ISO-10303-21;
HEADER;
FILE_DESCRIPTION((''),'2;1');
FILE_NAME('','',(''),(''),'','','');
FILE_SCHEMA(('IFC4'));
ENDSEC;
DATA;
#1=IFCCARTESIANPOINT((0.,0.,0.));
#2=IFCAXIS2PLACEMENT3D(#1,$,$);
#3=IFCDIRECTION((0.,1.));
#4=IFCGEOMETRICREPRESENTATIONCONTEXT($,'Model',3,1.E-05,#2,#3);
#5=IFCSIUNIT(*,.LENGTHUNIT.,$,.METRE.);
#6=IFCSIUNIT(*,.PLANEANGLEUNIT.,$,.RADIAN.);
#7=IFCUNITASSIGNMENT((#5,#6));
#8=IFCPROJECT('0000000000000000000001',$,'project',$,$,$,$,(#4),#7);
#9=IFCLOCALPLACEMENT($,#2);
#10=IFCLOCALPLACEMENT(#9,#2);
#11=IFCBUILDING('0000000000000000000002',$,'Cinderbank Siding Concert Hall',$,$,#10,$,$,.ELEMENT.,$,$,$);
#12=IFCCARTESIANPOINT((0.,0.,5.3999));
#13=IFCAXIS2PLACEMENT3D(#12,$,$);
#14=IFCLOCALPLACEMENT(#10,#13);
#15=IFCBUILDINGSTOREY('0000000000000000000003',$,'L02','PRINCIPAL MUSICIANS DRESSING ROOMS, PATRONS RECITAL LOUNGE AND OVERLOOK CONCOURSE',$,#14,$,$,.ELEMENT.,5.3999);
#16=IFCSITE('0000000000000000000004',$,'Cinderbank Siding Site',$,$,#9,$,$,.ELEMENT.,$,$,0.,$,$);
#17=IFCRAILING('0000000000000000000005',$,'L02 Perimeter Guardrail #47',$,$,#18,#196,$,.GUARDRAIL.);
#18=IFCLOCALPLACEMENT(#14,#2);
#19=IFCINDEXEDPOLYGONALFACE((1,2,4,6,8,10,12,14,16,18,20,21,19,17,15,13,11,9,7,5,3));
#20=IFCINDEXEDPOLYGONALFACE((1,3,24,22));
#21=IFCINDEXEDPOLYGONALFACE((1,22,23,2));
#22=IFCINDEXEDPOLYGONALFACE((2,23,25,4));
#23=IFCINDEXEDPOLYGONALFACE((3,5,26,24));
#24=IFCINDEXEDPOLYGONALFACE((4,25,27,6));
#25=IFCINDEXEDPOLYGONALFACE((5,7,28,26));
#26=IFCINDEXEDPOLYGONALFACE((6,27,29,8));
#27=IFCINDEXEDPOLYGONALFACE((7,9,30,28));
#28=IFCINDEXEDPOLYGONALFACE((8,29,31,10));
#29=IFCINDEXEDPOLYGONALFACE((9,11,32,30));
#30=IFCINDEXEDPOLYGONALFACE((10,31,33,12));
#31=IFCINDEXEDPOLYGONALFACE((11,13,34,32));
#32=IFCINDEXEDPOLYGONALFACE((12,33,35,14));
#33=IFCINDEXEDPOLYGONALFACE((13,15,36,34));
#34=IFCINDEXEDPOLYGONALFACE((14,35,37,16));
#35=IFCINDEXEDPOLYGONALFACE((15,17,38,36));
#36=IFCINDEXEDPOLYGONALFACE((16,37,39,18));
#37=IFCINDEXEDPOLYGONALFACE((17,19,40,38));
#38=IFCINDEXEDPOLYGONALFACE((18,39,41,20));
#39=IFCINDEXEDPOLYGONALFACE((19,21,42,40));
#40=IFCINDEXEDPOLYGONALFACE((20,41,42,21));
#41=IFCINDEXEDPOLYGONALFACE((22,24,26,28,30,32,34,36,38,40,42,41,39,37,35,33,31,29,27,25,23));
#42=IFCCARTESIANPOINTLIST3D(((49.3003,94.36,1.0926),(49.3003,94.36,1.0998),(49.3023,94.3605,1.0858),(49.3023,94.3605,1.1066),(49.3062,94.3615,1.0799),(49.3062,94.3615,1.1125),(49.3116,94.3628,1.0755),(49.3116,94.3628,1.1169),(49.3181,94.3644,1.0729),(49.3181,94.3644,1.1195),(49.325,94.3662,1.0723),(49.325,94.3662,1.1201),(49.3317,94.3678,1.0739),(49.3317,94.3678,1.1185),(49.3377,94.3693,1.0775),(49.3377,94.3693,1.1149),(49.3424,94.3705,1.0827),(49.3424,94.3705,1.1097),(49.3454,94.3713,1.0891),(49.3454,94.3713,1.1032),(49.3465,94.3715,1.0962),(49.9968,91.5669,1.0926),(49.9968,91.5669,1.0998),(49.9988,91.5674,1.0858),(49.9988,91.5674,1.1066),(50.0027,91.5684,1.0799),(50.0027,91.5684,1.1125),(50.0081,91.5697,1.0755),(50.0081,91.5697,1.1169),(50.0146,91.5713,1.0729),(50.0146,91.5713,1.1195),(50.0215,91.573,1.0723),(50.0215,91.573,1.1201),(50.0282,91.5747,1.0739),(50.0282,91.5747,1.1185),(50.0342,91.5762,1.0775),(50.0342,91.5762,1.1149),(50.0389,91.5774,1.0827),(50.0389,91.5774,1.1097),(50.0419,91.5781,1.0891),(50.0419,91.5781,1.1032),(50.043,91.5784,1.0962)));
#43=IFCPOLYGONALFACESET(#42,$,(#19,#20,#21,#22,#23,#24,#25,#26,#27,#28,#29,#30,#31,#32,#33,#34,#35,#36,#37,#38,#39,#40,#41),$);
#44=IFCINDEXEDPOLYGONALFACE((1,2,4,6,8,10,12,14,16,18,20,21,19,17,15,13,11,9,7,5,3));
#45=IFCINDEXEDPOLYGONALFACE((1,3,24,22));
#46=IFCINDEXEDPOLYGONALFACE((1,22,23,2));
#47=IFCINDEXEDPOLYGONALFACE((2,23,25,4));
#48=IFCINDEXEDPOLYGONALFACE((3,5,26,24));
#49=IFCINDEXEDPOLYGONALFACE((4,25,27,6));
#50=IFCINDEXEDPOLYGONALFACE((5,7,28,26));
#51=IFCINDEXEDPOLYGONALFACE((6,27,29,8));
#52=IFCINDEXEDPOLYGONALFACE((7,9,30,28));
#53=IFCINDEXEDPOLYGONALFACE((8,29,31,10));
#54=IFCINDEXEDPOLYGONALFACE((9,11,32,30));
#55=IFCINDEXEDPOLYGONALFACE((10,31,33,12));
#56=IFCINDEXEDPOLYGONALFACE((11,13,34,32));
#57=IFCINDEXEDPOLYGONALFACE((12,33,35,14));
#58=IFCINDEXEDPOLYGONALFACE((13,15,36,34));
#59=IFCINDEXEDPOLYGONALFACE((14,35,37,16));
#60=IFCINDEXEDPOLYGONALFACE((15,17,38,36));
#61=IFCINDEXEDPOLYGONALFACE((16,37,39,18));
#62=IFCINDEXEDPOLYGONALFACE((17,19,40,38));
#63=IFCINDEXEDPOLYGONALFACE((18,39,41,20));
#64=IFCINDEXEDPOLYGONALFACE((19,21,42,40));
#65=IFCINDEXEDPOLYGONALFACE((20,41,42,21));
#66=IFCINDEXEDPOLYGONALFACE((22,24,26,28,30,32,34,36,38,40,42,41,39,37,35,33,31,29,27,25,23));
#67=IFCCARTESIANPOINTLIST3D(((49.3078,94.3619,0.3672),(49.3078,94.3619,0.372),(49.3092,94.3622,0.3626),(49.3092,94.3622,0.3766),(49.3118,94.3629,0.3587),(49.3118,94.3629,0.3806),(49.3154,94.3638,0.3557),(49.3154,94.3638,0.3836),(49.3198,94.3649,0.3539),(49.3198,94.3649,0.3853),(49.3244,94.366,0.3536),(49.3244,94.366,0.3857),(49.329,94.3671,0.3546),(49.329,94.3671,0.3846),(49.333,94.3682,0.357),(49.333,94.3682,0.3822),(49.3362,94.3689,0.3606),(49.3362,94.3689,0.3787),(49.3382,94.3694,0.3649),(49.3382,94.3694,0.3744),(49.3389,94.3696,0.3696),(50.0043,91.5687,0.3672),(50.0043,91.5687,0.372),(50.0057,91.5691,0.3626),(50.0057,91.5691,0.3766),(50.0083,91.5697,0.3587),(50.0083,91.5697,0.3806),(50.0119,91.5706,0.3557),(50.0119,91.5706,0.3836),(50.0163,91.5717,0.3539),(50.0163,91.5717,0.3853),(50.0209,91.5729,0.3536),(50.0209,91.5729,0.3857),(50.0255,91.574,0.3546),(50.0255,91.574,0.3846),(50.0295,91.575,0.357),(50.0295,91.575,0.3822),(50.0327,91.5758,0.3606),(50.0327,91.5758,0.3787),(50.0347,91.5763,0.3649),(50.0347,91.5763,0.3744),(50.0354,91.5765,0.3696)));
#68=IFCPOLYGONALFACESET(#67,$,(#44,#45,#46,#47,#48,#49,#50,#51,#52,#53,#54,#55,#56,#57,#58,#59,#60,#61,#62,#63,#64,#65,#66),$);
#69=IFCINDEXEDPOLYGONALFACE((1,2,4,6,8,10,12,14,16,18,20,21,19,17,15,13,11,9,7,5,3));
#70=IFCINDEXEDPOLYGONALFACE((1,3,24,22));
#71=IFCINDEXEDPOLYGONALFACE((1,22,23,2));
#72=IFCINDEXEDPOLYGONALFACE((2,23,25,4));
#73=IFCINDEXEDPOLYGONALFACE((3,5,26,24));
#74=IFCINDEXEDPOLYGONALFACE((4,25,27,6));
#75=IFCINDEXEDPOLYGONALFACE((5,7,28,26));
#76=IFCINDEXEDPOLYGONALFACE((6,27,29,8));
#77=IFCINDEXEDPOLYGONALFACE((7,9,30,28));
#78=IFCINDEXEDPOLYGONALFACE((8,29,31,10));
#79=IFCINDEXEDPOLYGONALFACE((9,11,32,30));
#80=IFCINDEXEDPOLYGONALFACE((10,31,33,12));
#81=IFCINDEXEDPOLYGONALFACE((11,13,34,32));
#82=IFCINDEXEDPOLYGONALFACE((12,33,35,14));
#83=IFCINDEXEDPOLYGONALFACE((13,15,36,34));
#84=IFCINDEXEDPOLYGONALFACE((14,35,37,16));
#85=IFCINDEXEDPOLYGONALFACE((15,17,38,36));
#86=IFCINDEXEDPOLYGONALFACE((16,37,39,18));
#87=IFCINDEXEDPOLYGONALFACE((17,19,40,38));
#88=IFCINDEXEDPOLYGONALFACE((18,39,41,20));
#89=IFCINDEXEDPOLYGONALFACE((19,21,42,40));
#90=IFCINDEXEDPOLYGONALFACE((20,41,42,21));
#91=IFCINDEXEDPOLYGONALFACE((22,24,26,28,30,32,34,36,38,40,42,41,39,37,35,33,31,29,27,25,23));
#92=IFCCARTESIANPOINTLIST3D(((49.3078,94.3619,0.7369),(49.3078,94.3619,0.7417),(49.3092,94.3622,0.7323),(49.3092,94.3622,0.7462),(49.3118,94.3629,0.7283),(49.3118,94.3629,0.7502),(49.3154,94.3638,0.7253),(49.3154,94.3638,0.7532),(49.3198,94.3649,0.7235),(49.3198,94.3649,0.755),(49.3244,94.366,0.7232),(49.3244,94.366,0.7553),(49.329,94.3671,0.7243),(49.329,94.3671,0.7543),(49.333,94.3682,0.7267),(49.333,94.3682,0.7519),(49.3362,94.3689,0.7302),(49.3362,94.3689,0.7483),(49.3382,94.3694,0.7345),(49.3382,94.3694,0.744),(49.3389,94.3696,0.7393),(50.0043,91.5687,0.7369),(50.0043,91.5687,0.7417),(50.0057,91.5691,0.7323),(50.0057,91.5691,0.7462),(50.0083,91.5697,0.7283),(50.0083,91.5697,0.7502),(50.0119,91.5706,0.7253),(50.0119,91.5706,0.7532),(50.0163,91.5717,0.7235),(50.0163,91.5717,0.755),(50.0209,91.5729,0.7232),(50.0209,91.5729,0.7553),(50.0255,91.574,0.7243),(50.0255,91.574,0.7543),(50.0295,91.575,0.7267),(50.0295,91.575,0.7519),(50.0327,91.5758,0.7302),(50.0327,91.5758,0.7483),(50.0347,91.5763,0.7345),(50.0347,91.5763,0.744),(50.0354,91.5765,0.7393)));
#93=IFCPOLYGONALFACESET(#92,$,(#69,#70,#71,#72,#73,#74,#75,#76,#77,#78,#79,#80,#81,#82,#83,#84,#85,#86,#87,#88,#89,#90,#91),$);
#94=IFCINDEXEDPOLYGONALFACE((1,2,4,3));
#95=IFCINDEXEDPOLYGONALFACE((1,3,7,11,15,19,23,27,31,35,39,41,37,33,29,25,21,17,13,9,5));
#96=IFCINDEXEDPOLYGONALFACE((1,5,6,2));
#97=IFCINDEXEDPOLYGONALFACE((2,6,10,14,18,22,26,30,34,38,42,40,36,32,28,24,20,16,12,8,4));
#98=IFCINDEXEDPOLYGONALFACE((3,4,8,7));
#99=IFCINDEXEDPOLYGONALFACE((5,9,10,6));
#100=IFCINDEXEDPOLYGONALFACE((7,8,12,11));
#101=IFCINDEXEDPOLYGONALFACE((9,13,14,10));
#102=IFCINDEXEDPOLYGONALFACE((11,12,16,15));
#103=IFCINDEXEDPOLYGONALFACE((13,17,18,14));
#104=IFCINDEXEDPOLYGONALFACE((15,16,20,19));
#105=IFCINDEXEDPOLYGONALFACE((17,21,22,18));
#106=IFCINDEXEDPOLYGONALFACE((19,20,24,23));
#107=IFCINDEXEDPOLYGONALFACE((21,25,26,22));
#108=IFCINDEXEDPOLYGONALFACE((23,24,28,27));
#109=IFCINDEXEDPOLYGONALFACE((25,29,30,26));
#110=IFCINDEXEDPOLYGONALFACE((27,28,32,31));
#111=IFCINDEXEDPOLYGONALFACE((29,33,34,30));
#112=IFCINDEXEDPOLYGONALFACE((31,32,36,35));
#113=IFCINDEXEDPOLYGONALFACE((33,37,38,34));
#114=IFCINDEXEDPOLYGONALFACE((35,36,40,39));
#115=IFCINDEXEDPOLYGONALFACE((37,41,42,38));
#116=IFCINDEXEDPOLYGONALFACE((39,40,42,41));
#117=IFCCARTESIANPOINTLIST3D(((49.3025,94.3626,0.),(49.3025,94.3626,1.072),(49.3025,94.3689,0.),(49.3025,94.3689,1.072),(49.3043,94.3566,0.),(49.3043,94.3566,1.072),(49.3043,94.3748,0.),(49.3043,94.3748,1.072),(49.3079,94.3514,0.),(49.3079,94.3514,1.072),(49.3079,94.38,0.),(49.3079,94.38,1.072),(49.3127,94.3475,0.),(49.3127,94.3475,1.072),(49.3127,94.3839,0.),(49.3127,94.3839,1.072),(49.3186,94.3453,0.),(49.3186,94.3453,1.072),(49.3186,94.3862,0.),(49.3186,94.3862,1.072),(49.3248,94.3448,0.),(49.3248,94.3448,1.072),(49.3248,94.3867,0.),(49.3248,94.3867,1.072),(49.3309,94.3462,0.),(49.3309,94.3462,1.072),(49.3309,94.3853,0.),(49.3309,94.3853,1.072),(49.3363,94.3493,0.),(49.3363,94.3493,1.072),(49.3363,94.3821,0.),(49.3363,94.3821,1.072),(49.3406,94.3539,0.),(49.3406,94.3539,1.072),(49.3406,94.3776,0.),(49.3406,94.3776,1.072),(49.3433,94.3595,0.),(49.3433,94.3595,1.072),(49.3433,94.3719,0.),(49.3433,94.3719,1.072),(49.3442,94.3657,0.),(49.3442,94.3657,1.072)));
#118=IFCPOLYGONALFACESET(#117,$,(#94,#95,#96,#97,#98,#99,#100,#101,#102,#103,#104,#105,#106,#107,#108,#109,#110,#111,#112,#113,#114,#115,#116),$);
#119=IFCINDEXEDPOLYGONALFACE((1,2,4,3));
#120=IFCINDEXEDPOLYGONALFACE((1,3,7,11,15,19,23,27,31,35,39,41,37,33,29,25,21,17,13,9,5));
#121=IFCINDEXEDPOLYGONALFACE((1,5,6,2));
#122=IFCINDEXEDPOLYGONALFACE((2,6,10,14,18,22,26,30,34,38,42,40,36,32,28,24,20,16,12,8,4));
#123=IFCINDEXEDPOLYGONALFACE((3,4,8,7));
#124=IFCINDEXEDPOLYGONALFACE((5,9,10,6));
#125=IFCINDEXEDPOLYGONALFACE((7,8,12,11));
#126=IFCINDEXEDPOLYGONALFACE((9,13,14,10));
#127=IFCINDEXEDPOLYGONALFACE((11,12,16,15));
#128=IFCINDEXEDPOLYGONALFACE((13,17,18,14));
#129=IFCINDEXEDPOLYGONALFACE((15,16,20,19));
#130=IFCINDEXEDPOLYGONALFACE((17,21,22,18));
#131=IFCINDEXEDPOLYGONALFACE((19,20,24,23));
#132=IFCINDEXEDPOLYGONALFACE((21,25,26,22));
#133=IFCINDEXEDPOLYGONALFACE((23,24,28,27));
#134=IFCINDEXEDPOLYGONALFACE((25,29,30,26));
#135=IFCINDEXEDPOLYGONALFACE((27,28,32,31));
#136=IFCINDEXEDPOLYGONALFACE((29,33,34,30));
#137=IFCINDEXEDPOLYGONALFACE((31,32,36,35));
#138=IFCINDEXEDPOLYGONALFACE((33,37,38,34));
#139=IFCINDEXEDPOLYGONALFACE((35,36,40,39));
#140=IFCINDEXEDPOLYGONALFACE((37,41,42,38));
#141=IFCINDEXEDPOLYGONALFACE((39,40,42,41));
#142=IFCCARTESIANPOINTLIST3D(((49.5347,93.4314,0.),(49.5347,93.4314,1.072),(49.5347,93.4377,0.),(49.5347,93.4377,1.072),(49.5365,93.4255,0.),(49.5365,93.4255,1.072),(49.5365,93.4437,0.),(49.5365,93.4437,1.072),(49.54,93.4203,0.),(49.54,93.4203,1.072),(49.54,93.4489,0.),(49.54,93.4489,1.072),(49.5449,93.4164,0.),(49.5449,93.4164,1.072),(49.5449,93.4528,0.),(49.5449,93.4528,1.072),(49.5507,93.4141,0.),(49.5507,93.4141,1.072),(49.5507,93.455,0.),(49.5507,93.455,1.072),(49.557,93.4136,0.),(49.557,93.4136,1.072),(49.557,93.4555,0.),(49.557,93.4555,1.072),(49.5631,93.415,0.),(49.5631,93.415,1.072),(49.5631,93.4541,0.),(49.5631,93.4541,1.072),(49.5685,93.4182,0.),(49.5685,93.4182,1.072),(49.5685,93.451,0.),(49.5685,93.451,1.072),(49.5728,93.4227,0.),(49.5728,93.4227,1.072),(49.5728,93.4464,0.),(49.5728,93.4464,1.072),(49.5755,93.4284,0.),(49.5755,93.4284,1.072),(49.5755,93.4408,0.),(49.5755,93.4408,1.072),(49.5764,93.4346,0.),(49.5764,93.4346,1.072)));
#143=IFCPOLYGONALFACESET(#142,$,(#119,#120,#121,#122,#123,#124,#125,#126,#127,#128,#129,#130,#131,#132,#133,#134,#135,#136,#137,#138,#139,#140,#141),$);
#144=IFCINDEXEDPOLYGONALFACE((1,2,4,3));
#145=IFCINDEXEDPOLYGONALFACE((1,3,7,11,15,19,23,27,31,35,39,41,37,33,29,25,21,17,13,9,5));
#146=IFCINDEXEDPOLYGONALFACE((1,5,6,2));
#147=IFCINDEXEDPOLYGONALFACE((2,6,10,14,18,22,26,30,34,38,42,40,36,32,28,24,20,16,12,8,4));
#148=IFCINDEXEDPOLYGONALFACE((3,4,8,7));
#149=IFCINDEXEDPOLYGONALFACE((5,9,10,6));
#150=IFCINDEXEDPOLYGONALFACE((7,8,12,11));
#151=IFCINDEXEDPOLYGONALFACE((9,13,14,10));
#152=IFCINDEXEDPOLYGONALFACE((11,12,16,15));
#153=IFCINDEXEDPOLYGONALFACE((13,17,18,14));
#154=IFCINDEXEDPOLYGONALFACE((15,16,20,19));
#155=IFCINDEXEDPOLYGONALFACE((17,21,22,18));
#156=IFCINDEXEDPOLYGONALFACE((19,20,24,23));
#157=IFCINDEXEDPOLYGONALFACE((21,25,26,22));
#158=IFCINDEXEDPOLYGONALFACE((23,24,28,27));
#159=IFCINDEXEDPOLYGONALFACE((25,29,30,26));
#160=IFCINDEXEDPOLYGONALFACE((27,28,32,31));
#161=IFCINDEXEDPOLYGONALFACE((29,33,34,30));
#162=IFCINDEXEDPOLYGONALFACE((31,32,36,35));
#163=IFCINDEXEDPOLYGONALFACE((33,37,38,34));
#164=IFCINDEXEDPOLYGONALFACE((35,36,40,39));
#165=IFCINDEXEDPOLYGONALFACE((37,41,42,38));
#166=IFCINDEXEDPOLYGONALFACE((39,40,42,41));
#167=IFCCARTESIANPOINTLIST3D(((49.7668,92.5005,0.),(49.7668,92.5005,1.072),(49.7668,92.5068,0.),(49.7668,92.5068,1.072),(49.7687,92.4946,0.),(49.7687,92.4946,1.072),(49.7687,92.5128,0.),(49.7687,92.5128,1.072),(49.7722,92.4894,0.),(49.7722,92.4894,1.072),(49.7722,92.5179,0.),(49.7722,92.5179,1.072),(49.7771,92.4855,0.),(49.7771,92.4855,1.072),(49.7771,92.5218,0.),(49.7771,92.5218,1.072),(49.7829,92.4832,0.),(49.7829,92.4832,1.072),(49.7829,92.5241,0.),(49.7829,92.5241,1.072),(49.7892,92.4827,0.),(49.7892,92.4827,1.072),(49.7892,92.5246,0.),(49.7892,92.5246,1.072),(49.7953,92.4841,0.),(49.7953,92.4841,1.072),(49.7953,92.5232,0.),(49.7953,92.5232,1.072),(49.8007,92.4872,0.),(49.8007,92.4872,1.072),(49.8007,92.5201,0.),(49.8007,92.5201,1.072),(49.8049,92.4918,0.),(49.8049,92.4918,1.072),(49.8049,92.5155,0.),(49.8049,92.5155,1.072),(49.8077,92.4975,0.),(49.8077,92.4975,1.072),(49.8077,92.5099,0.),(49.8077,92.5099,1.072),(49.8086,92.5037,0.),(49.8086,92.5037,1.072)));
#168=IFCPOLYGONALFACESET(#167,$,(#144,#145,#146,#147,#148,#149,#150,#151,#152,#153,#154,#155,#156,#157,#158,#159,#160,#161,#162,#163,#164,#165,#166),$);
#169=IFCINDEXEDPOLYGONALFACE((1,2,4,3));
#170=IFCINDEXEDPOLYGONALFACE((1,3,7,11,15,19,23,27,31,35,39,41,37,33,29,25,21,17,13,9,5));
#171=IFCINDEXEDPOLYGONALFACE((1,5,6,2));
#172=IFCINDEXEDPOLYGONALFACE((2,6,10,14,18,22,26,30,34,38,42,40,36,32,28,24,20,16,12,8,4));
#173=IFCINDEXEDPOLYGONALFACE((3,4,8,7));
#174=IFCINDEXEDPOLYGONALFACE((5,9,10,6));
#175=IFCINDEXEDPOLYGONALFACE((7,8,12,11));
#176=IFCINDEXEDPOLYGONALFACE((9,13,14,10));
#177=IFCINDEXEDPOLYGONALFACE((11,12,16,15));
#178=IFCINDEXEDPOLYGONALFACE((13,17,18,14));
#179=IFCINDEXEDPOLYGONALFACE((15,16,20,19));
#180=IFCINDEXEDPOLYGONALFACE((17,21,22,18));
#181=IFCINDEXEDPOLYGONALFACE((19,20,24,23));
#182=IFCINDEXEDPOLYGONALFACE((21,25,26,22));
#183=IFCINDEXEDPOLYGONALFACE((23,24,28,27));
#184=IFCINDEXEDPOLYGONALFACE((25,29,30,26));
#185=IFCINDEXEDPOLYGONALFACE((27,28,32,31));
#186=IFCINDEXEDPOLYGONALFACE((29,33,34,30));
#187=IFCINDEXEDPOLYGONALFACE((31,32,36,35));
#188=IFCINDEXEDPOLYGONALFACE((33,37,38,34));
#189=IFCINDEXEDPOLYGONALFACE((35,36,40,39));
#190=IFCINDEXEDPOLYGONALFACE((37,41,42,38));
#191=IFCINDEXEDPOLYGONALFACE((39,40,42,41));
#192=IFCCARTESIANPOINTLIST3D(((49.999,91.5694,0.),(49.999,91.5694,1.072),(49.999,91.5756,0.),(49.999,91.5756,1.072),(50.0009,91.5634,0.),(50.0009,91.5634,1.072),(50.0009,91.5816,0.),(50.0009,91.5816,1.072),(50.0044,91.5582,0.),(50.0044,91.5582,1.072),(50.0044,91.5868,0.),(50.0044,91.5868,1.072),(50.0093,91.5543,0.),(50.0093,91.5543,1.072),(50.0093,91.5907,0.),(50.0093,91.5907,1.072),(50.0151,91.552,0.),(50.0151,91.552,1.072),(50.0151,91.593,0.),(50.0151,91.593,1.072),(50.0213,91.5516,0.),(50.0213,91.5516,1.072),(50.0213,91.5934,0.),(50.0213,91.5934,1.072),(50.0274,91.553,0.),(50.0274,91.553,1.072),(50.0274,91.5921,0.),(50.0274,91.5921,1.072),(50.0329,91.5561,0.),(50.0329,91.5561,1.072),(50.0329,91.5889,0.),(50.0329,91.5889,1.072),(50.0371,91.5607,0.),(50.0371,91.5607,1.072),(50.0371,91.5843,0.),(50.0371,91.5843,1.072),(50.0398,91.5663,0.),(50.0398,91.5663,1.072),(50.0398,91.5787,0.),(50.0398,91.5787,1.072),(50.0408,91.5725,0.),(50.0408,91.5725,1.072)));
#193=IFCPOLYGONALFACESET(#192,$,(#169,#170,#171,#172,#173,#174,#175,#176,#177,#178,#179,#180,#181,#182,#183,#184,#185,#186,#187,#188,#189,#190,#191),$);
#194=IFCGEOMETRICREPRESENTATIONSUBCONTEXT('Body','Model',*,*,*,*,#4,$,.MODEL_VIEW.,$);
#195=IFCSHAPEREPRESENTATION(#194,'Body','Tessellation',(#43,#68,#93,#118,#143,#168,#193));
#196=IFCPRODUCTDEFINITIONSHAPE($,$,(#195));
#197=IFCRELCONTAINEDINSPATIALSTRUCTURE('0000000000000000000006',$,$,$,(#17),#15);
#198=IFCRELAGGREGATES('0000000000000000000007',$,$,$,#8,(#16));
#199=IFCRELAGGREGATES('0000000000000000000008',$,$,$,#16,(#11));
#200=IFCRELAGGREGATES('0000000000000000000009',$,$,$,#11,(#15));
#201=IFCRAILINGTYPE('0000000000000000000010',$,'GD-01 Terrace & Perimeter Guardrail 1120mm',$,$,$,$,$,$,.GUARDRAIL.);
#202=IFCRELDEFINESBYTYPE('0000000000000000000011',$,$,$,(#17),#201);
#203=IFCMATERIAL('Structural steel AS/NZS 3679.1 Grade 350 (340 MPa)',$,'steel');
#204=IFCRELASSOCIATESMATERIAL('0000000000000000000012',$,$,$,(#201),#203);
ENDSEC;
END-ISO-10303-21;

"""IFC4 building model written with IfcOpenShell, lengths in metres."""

from ifc_helpers import new_model, si_unit, direction, frame, origin, origin_2d, place, context, subcontext, project, spatial, circle, extrude, material, type_object, element, save


model = new_model("IFC4")

# Units and contexts
model_context = context("Model", 3, precision=1e-05, world=origin(), true_north=direction((0.0, 1.0)))
body_context = subcontext(model_context, "Body", "Model", "MODEL_VIEW")
ifc_project = project(units=[si_unit("LENGTHUNIT", "METRE"), si_unit("PLANEANGLEUNIT", "RADIAN")], contexts=[model_context])

# Site, building, storey
site_placement = place(None, origin())
site = spatial("IfcSite", under=ifc_project, at=site_placement, Name="Cinderbank Siding Site", CompositionType="ELEMENT", RefElevation=0.0)
building_placement = place(site_placement, origin())
building = spatial("IfcBuilding", under=site, at=building_placement, Name="Cinderbank Siding Concert Hall", CompositionType="ELEMENT")
storey_placement = place(building_placement, frame((0.0, 0.0, 5.3999)))
storey = spatial("IfcBuildingStorey", under=building, at=storey_placement, Name="L02", Description="PRINCIPAL MUSICIANS DRESSING ROOMS, PATRONS RECITAL LOUNGE AND OVERLOOK CONCOURSE", CompositionType="ELEMENT", Elevation=5.3999)

# Shared definitions
ifc_material_1 = material(Name="Structural steel AS/NZS 3679.1 Grade 350 (340 MPa)", Category="steel")

# Railing
railing_type = type_object("IfcRailingType", Name="GD-01 Terrace & Perimeter Guardrail 1120mm", PredefinedType="GUARDRAIL", material=ifc_material_1)
railing_placement = place(storey_placement, frame((49.3232, 94.3657, 0.0)))
element("IfcRailing", 1, at=railing_placement, inside=storey, type_object=railing_type, Name="L02 Perimeter Guardrail #47", PredefinedType="GUARDRAIL", context=body_context, shape_type="SweptSolid", body=[
    extrude(circle(Radius=0.0239, at=origin_2d()), frame((0.0, 0.0, 1.0962), z_axis=(0.241957, -0.970287, 0.0), x_axis=(0.970287, 0.241957, 0.0)), (0.0, 0.0, 1.0), 2.8787),
    extrude(circle(Radius=0.0161, at=origin_2d()), frame((0.0, 0.0, 0.3696), z_axis=(0.241957, -0.970287, 0.0), x_axis=(0.970287, 0.241957, 0.0)), (0.0, 0.0, 1.0), 2.8787),
    extrude(circle(Radius=0.0161, at=origin_2d()), frame((0.0, 0.0, 0.7393), z_axis=(0.241957, -0.970287, 0.0), x_axis=(0.970287, 0.241957, 0.0)), (0.0, 0.0, 1.0), 2.8787),
    extrude(circle(Radius=0.021, at=origin_2d()), origin(), (0.0, 0.0, 1.0), 1.072),
    extrude(circle(Radius=0.021, at=origin_2d()), frame((0.2322, -0.9312, 0.0)), (0.0, 0.0, 1.0), 1.072),
    extrude(circle(Radius=0.021, at=origin_2d()), frame((0.4644, -1.8621, 0.0)), (0.0, 0.0, 1.0), 1.072),
    extrude(circle(Radius=0.021, at=origin_2d()), frame((0.6965, -2.7932, 0.0)), (0.0, 0.0, 1.0), 1.072),
])

save(model, "model.ifc")
